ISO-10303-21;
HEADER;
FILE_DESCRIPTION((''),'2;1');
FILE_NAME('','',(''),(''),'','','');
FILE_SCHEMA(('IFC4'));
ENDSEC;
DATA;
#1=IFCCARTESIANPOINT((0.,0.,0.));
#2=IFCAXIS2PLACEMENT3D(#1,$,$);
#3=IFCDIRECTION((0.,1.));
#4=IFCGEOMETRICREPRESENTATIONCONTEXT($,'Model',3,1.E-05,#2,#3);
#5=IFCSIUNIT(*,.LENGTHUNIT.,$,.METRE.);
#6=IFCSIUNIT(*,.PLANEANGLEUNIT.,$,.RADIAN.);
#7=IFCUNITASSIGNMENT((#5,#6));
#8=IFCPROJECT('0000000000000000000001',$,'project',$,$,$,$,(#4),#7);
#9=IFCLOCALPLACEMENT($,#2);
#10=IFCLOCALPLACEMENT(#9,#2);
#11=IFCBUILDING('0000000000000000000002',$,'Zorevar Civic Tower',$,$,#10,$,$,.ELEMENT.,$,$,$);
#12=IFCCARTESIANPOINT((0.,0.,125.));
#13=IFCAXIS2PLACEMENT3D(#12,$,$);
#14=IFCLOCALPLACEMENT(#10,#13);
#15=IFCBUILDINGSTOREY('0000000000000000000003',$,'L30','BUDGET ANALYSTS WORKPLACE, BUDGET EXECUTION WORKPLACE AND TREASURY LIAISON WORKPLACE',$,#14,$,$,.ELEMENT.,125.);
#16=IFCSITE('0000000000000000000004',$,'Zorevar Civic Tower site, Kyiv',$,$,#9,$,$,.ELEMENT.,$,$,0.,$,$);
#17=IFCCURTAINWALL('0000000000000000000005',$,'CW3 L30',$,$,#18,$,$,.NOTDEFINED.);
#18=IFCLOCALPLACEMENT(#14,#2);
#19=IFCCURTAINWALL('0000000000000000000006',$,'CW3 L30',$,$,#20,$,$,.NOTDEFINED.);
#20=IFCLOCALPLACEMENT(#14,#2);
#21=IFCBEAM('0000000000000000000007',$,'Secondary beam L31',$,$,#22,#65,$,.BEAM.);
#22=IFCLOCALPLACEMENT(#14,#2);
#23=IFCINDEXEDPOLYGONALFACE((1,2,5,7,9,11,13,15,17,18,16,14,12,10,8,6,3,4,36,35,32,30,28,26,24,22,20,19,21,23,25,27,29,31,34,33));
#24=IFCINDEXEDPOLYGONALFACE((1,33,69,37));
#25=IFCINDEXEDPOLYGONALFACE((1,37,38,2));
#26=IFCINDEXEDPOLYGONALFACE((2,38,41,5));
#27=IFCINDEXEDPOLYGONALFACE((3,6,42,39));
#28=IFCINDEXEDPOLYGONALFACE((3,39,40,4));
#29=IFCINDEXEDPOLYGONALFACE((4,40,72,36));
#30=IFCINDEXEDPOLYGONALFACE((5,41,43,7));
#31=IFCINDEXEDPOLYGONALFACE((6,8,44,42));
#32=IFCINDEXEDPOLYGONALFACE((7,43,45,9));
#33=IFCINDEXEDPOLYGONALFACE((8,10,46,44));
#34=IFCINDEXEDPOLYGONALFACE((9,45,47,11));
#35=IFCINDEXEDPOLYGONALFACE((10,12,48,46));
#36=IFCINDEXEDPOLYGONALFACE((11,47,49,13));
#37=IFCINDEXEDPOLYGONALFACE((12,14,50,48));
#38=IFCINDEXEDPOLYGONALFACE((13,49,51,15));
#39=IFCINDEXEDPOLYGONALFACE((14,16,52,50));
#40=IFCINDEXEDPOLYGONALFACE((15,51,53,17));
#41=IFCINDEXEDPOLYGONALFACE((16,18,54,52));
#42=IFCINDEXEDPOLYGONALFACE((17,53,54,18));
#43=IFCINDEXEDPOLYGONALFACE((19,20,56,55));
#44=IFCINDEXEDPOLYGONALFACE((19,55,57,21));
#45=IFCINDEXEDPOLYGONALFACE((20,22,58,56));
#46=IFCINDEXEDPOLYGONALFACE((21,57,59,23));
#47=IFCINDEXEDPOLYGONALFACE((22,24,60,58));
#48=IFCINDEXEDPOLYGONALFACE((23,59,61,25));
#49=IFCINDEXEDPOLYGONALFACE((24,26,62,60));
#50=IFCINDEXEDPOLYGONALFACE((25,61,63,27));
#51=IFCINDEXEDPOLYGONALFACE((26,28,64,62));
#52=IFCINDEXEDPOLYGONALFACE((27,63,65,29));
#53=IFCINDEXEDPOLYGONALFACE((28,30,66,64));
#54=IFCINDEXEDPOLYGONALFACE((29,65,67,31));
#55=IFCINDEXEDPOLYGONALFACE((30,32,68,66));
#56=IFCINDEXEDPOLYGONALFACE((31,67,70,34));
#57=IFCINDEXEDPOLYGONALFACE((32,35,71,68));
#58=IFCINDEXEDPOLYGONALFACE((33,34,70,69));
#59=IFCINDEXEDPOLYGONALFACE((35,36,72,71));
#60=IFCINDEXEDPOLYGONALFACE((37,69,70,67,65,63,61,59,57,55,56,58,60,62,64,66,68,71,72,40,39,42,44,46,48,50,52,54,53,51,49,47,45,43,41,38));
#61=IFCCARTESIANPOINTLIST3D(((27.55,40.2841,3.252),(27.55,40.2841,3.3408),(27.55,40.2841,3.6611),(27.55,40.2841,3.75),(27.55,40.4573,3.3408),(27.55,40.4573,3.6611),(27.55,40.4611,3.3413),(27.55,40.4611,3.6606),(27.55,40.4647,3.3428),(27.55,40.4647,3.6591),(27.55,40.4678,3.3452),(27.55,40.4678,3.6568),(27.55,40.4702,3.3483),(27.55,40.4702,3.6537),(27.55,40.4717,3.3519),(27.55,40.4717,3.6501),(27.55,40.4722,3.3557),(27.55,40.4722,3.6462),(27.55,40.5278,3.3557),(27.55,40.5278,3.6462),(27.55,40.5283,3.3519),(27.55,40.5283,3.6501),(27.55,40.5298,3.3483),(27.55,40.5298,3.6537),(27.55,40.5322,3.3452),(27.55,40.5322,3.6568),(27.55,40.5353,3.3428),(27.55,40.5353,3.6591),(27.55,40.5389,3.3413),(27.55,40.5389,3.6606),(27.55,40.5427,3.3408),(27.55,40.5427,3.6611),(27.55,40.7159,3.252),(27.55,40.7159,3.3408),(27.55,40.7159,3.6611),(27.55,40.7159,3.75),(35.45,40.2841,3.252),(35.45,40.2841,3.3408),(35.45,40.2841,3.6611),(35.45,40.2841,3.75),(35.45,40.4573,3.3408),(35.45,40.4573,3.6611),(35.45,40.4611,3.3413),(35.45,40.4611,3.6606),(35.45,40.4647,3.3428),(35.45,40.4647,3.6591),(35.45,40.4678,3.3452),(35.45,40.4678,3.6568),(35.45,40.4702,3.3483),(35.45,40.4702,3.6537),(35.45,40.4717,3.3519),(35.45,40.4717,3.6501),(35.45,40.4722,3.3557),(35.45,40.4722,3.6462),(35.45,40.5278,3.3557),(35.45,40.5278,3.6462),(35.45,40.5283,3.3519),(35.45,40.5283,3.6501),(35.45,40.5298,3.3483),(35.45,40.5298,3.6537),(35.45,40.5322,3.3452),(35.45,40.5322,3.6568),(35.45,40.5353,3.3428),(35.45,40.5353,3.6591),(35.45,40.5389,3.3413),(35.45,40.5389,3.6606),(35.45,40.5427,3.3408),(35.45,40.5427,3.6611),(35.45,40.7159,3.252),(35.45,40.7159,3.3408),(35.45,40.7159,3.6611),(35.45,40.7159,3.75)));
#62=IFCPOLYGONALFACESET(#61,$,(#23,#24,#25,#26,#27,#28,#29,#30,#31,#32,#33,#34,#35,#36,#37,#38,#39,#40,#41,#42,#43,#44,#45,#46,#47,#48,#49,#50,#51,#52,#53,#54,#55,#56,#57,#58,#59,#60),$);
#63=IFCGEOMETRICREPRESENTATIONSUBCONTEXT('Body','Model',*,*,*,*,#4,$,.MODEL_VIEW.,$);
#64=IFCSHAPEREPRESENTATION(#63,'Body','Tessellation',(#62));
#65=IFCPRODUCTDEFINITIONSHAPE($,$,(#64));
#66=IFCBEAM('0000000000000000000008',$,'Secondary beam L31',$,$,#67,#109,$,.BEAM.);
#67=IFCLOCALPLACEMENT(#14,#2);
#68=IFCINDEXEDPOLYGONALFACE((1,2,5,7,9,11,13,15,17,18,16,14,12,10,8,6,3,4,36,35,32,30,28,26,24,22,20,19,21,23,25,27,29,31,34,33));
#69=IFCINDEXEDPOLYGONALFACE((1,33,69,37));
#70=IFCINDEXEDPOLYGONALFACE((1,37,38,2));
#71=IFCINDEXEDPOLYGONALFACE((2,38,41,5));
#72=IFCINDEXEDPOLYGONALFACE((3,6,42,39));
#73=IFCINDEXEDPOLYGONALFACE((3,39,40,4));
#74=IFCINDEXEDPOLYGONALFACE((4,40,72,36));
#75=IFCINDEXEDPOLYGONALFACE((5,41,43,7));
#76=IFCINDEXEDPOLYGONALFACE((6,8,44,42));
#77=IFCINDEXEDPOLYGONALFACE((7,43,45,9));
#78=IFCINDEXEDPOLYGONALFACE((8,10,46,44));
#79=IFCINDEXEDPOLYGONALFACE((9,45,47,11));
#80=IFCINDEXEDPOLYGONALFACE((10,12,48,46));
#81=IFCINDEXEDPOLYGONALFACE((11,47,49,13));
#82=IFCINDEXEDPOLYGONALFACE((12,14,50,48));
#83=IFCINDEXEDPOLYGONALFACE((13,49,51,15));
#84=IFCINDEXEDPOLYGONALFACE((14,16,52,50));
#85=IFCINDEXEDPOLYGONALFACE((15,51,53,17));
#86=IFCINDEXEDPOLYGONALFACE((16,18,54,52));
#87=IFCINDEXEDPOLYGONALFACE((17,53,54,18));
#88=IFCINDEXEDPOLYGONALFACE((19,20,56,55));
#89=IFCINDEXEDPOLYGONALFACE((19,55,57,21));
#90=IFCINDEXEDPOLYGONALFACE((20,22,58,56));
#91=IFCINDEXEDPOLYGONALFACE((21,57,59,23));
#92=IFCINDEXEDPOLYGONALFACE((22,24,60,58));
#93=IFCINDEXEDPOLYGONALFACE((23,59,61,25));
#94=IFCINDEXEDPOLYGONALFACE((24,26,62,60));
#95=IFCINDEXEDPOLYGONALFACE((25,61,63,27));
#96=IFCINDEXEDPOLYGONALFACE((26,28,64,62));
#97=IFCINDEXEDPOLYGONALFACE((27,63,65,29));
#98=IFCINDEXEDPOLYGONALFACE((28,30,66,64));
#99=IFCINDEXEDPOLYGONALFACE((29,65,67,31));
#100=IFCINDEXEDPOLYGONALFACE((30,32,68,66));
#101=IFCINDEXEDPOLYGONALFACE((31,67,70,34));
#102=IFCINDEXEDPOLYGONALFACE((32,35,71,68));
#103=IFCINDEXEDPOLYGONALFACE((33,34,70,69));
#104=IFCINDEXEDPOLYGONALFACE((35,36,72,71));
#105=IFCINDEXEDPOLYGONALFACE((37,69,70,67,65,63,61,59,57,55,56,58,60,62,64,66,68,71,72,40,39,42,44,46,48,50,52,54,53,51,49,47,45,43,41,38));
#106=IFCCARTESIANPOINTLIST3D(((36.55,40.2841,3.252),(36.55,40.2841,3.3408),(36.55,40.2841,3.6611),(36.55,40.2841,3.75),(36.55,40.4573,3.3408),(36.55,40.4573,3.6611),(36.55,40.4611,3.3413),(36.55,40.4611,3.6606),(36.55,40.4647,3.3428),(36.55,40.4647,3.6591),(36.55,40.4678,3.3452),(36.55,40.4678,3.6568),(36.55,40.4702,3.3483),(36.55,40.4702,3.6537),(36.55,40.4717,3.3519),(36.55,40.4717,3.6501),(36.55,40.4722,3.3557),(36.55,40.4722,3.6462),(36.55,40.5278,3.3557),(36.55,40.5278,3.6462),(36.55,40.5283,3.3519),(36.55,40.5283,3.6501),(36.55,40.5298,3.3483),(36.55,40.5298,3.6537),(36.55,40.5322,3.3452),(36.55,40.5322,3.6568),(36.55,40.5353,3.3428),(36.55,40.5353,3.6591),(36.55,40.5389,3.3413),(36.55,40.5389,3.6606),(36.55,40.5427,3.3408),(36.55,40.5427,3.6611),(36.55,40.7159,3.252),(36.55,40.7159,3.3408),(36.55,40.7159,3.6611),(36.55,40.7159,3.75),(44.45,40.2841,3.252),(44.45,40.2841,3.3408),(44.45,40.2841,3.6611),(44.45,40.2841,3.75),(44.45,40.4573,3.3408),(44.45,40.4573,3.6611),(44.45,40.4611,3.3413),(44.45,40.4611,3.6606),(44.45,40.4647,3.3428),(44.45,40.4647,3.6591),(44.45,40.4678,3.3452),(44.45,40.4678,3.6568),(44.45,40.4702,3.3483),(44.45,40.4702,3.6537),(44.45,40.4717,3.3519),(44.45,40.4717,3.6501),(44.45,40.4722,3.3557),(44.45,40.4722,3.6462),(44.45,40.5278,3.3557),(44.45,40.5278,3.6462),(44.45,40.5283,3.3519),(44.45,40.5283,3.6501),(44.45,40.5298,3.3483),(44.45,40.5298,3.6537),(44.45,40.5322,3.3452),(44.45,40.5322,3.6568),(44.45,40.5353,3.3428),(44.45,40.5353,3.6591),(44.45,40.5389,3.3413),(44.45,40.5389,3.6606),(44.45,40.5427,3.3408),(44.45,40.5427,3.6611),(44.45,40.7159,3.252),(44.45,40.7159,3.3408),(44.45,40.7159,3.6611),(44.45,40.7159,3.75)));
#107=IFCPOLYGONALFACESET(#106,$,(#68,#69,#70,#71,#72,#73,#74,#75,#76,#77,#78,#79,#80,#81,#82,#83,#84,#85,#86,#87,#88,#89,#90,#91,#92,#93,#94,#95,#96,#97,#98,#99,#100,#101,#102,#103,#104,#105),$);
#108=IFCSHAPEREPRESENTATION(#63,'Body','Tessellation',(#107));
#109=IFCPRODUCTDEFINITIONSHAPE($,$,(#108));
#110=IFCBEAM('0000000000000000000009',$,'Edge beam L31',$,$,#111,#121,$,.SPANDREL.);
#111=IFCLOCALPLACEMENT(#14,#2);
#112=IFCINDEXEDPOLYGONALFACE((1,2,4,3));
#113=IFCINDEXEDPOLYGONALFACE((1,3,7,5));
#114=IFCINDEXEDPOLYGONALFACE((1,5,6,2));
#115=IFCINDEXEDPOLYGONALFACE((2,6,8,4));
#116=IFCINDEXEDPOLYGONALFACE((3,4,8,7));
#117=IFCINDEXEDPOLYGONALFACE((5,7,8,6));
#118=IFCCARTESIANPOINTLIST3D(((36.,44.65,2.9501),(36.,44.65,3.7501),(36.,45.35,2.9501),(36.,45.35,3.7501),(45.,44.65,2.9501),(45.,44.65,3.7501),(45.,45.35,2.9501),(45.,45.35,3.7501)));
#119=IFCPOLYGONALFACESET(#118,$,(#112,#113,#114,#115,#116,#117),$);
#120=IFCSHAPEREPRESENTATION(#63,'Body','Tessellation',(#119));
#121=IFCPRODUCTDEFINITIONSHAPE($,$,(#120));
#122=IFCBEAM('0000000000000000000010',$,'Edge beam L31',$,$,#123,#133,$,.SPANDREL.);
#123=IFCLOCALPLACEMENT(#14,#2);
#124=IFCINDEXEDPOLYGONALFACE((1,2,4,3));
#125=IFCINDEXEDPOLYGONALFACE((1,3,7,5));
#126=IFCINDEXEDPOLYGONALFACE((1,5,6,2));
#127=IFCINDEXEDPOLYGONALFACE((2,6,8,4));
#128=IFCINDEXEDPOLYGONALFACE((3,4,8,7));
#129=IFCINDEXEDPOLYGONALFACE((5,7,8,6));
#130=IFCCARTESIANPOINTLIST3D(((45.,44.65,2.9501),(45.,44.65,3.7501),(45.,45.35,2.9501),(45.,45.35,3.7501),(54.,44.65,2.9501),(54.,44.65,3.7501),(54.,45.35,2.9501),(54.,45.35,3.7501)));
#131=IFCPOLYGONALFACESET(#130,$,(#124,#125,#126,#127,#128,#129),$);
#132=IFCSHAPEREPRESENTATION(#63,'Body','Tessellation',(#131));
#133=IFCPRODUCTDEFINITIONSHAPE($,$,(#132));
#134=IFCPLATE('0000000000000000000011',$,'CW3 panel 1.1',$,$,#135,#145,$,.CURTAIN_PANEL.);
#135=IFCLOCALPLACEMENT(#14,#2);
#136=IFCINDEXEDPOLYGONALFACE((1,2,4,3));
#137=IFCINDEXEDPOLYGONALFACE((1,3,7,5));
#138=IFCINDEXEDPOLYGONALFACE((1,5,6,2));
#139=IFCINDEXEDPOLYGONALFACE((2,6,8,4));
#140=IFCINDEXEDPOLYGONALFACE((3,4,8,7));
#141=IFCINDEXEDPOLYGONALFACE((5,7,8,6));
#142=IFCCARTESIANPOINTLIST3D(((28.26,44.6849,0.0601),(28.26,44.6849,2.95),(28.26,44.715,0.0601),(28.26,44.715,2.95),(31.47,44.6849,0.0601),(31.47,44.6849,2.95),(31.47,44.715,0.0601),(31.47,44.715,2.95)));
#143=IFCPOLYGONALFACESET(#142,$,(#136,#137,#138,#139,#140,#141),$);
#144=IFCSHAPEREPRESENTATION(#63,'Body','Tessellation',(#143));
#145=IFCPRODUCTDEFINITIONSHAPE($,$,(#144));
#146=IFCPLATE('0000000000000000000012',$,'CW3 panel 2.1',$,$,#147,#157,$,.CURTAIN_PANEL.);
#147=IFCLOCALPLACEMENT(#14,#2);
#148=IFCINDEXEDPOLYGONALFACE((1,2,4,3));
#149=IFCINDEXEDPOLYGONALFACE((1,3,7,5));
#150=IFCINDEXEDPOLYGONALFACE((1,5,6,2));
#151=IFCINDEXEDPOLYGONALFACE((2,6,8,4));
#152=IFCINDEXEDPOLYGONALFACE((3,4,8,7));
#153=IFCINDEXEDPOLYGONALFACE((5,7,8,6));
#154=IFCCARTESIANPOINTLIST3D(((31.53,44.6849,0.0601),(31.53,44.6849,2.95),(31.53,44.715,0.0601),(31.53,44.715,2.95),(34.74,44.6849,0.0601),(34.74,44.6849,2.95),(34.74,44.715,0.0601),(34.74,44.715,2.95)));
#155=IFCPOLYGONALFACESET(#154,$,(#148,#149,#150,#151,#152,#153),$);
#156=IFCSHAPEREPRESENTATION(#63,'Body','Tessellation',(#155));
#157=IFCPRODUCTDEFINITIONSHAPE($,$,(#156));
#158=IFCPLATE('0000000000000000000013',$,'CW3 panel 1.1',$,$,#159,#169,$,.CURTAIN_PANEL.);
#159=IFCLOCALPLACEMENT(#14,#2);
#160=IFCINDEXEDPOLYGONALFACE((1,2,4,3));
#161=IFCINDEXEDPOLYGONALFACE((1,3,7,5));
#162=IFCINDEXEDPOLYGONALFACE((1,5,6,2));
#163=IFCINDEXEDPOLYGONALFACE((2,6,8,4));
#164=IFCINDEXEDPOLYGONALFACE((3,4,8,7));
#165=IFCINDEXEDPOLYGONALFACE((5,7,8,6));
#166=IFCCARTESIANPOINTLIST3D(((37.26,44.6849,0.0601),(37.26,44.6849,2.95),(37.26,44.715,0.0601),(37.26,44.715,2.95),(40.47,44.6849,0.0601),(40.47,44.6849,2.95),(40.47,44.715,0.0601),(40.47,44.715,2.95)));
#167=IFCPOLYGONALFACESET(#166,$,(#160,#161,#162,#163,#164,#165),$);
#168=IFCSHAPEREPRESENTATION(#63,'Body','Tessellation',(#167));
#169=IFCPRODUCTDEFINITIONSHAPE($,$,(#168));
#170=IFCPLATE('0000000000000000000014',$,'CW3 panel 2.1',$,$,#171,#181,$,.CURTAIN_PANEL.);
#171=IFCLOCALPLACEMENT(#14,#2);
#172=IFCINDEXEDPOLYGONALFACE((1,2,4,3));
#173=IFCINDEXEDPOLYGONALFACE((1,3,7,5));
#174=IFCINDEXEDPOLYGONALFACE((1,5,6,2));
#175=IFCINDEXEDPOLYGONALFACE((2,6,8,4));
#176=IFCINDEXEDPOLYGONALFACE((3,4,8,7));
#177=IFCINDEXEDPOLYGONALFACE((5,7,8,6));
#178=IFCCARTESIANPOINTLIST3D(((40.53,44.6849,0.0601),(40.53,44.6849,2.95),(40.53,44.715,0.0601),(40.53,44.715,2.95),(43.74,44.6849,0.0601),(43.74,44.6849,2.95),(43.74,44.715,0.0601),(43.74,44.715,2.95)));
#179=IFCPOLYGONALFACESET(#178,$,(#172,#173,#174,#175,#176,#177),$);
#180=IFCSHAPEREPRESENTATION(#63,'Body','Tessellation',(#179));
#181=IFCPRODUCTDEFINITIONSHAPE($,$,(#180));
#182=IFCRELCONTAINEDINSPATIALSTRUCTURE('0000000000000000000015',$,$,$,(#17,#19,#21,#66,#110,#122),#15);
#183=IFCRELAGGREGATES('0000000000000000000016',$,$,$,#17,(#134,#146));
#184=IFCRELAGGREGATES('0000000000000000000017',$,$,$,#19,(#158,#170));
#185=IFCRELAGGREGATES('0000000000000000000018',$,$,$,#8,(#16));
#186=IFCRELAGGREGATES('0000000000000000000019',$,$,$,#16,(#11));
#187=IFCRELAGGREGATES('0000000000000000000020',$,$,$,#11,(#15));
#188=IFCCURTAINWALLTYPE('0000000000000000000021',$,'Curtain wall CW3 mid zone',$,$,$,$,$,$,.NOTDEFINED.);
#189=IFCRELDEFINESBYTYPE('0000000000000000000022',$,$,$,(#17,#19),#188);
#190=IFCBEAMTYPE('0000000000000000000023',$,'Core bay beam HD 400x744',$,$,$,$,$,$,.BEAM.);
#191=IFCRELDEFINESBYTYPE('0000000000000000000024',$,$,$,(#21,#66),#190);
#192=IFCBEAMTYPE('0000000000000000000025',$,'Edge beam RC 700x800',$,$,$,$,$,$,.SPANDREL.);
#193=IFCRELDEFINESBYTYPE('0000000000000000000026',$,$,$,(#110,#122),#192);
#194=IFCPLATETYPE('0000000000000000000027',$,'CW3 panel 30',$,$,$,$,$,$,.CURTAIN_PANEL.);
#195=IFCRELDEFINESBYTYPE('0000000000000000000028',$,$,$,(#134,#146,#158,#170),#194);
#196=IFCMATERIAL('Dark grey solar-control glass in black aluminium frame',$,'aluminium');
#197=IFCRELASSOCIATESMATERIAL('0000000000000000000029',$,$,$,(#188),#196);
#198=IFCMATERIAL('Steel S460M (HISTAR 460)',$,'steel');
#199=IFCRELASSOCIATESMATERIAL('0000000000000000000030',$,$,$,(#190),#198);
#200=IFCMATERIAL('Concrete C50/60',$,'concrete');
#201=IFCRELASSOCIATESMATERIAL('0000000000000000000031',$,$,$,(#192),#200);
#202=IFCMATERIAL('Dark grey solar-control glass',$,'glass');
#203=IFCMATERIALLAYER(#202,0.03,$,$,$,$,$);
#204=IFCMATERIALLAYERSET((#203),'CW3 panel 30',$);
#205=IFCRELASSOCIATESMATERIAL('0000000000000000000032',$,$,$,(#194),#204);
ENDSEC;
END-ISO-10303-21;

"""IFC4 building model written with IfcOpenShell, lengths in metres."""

from ifc_helpers import new_model, si_unit, direction, frame, origin, origin_2d, place, context, subcontext, project, spatial, rectangle, i_section, extrude, material, layer, layer_set, material_profile, profile_set, type_object, element, aggregate, save


model = new_model("IFC4")

# Units and contexts
model_context = context("Model", 3, precision=1e-05, world=origin(), true_north=direction((0.0, 1.0)))
body_context = subcontext(model_context, "Body", "Model", "MODEL_VIEW")
ifc_project = project(units=[si_unit("LENGTHUNIT", "METRE"), si_unit("PLANEANGLEUNIT", "RADIAN")], contexts=[model_context])

# Site, building, storey
site_placement = place(None, origin())
site = spatial("IfcSite", under=ifc_project, at=site_placement, Name="Zorevar Civic Tower site, Kyiv", CompositionType="ELEMENT", RefElevation=0.0)
building_placement = place(site_placement, origin())
building = spatial("IfcBuilding", under=site, at=building_placement, Name="Zorevar Civic Tower", CompositionType="ELEMENT")
storey_placement = place(building_placement, frame((0.0, 0.0, 125.0)))
storey = spatial("IfcBuildingStorey", under=building, at=storey_placement, Name="L30", Description="BUDGET ANALYSTS WORKPLACE, BUDGET EXECUTION WORKPLACE AND TREASURY LIAISON WORKPLACE", CompositionType="ELEMENT", Elevation=125.0)

# Curtain walls
ifc_material_1 = material(Name="Dark grey solar-control glass in black aluminium frame", Category="aluminium")
curtain_wall_type = type_object("IfcCurtainWallType", Name="Curtain wall CW3 mid zone", PredefinedType="NOTDEFINED", material=ifc_material_1)
curtain_wall_1_placement = place(storey_placement, origin())
curtain_wall_1 = element("IfcCurtainWall", 1, at=curtain_wall_1_placement, inside=storey, type_object=curtain_wall_type, Name="CW3 L30", PredefinedType="NOTDEFINED")
curtain_wall_2_placement = place(storey_placement, origin())
curtain_wall_2 = element("IfcCurtainWall", 2, at=curtain_wall_2_placement, inside=storey, type_object=curtain_wall_type, Name="CW3 L30", PredefinedType="NOTDEFINED")

# Beams
ifc_material_2 = material(Name="Steel S460M (HISTAR 460)", Category="steel")
ifc_material_profile_1 = material_profile(ifc_material_2, i_section(OverallWidth=0.4319, OverallDepth=0.498, WebThickness=0.0557, FlangeThickness=0.0889, FilletRadius=0.0149, at=origin_2d()), Name="HD 400x744")
ifc_profile_set_1 = profile_set([ifc_material_profile_1], Name="Steel S460M (HISTAR 460)")
beam_type_1 = type_object("IfcBeamType", Name="Core bay beam HD 400x744", PredefinedType="BEAM", material=ifc_profile_set_1)
for number, where, z_axis, x_axis, name in (
    (3, (27.55, 40.5, 3.501), (1.0, 0.0, 0.0), (0.0, 1.0, 0.0), "Secondary beam L31"),
    (4, (36.55, 40.5, 3.501), (1.0, 0.0, 0.0), (0.0, 1.0, 0.0), "Secondary beam L31"),
):
    element("IfcBeam", number, at=place(storey_placement, frame(where, z_axis=z_axis, x_axis=x_axis)), inside=storey, type_object=beam_type_1, Name=name, PredefinedType="BEAM", context=body_context, shape_type="SweptSolid", body=[
        extrude(i_section(OverallWidth=0.4319, OverallDepth=0.498, WebThickness=0.0557, FlangeThickness=0.0889, FilletRadius=0.0149, at=origin_2d()), origin(), (0.0, 0.0, 1.0), 7.8999),
    ])
ifc_material_3 = material(Name="Concrete C50/60", Category="concrete")
ifc_material_profile_2 = material_profile(ifc_material_3, rectangle(XDim=0.7, YDim=0.8, at=origin_2d()), Name="RC 700x800")
ifc_profile_set_2 = profile_set([ifc_material_profile_2], Name="Concrete C50/60")
beam_type_2 = type_object("IfcBeamType", Name="Edge beam RC 700x800", PredefinedType="SPANDREL", material=ifc_profile_set_2)
for number, where, z_axis, x_axis, name in (
    (5, (36.0, 45.0, 3.3501), (1.0, 0.0, 0.0), (0.0, 1.0, 0.0), "Edge beam L31"),
    (6, (45.0, 45.0, 3.3501), (1.0, 0.0, 0.0), (0.0, 1.0, 0.0), "Edge beam L31"),
):
    element("IfcBeam", number, at=place(storey_placement, frame(where, z_axis=z_axis, x_axis=x_axis)), inside=storey, type_object=beam_type_2, Name=name, PredefinedType="SPANDREL", context=body_context, shape_type="SweptSolid", body=[
        extrude(rectangle(XDim=0.7, YDim=0.8, at=origin_2d()), origin(), (0.0, 0.0, 1.0), 9.0),
    ])

# Plates
ifc_material_4 = material(Name="Dark grey solar-control glass", Category="glass")
ifc_layer_1 = layer(ifc_material_4, 0.03)
ifc_layer_set_1 = layer_set([ifc_layer_1], Name="CW3 panel 30")
plate_type = type_object("IfcPlateType", Name="CW3 panel 30", PredefinedType="CURTAIN_PANEL", material=ifc_layer_set_1)
plate_1_placement = place(storey_placement, frame((29.865, 44.7, 0.0601), z_axis=(0.0, 0.0, 1.0), x_axis=(1.0, 0.0, 0.0)))
plate_1 = element("IfcPlate", 7, at=plate_1_placement, type_object=plate_type, Name="CW3 panel 1.1", PredefinedType="CURTAIN_PANEL", context=body_context, shape_type="SweptSolid", body=[
    extrude(rectangle(XDim=3.21, YDim=0.03, at=origin_2d()), origin(), (0.0, 0.0, 1.0), 2.8899),
])
plate_2_placement = place(storey_placement, frame((33.135, 44.7, 0.0601), z_axis=(0.0, 0.0, 1.0), x_axis=(1.0, 0.0, 0.0)))
plate_2 = element("IfcPlate", 8, at=plate_2_placement, type_object=plate_type, Name="CW3 panel 2.1", PredefinedType="CURTAIN_PANEL", context=body_context, shape_type="SweptSolid", body=[
    extrude(rectangle(XDim=3.21, YDim=0.03, at=origin_2d()), origin(), (0.0, 0.0, 1.0), 2.8899),
])
aggregate(curtain_wall_1, [plate_1, plate_2])
plate_3_placement = place(storey_placement, frame((38.865, 44.7, 0.0601), z_axis=(0.0, 0.0, 1.0), x_axis=(1.0, 0.0, 0.0)))
plate_3 = element("IfcPlate", 9, at=plate_3_placement, type_object=plate_type, Name="CW3 panel 1.1", PredefinedType="CURTAIN_PANEL", context=body_context, shape_type="SweptSolid", body=[
    extrude(rectangle(XDim=3.21, YDim=0.03, at=origin_2d()), origin(), (0.0, 0.0, 1.0), 2.8899),
])
plate_4_placement = place(storey_placement, frame((42.135, 44.7, 0.0601), z_axis=(0.0, 0.0, 1.0), x_axis=(1.0, 0.0, 0.0)))
plate_4 = element("IfcPlate", 10, at=plate_4_placement, type_object=plate_type, Name="CW3 panel 2.1", PredefinedType="CURTAIN_PANEL", context=body_context, shape_type="SweptSolid", body=[
    extrude(rectangle(XDim=3.21, YDim=0.03, at=origin_2d()), origin(), (0.0, 0.0, 1.0), 2.8899),
])
aggregate(curtain_wall_2, [plate_3, plate_4])

save(model, "model.ifc")
